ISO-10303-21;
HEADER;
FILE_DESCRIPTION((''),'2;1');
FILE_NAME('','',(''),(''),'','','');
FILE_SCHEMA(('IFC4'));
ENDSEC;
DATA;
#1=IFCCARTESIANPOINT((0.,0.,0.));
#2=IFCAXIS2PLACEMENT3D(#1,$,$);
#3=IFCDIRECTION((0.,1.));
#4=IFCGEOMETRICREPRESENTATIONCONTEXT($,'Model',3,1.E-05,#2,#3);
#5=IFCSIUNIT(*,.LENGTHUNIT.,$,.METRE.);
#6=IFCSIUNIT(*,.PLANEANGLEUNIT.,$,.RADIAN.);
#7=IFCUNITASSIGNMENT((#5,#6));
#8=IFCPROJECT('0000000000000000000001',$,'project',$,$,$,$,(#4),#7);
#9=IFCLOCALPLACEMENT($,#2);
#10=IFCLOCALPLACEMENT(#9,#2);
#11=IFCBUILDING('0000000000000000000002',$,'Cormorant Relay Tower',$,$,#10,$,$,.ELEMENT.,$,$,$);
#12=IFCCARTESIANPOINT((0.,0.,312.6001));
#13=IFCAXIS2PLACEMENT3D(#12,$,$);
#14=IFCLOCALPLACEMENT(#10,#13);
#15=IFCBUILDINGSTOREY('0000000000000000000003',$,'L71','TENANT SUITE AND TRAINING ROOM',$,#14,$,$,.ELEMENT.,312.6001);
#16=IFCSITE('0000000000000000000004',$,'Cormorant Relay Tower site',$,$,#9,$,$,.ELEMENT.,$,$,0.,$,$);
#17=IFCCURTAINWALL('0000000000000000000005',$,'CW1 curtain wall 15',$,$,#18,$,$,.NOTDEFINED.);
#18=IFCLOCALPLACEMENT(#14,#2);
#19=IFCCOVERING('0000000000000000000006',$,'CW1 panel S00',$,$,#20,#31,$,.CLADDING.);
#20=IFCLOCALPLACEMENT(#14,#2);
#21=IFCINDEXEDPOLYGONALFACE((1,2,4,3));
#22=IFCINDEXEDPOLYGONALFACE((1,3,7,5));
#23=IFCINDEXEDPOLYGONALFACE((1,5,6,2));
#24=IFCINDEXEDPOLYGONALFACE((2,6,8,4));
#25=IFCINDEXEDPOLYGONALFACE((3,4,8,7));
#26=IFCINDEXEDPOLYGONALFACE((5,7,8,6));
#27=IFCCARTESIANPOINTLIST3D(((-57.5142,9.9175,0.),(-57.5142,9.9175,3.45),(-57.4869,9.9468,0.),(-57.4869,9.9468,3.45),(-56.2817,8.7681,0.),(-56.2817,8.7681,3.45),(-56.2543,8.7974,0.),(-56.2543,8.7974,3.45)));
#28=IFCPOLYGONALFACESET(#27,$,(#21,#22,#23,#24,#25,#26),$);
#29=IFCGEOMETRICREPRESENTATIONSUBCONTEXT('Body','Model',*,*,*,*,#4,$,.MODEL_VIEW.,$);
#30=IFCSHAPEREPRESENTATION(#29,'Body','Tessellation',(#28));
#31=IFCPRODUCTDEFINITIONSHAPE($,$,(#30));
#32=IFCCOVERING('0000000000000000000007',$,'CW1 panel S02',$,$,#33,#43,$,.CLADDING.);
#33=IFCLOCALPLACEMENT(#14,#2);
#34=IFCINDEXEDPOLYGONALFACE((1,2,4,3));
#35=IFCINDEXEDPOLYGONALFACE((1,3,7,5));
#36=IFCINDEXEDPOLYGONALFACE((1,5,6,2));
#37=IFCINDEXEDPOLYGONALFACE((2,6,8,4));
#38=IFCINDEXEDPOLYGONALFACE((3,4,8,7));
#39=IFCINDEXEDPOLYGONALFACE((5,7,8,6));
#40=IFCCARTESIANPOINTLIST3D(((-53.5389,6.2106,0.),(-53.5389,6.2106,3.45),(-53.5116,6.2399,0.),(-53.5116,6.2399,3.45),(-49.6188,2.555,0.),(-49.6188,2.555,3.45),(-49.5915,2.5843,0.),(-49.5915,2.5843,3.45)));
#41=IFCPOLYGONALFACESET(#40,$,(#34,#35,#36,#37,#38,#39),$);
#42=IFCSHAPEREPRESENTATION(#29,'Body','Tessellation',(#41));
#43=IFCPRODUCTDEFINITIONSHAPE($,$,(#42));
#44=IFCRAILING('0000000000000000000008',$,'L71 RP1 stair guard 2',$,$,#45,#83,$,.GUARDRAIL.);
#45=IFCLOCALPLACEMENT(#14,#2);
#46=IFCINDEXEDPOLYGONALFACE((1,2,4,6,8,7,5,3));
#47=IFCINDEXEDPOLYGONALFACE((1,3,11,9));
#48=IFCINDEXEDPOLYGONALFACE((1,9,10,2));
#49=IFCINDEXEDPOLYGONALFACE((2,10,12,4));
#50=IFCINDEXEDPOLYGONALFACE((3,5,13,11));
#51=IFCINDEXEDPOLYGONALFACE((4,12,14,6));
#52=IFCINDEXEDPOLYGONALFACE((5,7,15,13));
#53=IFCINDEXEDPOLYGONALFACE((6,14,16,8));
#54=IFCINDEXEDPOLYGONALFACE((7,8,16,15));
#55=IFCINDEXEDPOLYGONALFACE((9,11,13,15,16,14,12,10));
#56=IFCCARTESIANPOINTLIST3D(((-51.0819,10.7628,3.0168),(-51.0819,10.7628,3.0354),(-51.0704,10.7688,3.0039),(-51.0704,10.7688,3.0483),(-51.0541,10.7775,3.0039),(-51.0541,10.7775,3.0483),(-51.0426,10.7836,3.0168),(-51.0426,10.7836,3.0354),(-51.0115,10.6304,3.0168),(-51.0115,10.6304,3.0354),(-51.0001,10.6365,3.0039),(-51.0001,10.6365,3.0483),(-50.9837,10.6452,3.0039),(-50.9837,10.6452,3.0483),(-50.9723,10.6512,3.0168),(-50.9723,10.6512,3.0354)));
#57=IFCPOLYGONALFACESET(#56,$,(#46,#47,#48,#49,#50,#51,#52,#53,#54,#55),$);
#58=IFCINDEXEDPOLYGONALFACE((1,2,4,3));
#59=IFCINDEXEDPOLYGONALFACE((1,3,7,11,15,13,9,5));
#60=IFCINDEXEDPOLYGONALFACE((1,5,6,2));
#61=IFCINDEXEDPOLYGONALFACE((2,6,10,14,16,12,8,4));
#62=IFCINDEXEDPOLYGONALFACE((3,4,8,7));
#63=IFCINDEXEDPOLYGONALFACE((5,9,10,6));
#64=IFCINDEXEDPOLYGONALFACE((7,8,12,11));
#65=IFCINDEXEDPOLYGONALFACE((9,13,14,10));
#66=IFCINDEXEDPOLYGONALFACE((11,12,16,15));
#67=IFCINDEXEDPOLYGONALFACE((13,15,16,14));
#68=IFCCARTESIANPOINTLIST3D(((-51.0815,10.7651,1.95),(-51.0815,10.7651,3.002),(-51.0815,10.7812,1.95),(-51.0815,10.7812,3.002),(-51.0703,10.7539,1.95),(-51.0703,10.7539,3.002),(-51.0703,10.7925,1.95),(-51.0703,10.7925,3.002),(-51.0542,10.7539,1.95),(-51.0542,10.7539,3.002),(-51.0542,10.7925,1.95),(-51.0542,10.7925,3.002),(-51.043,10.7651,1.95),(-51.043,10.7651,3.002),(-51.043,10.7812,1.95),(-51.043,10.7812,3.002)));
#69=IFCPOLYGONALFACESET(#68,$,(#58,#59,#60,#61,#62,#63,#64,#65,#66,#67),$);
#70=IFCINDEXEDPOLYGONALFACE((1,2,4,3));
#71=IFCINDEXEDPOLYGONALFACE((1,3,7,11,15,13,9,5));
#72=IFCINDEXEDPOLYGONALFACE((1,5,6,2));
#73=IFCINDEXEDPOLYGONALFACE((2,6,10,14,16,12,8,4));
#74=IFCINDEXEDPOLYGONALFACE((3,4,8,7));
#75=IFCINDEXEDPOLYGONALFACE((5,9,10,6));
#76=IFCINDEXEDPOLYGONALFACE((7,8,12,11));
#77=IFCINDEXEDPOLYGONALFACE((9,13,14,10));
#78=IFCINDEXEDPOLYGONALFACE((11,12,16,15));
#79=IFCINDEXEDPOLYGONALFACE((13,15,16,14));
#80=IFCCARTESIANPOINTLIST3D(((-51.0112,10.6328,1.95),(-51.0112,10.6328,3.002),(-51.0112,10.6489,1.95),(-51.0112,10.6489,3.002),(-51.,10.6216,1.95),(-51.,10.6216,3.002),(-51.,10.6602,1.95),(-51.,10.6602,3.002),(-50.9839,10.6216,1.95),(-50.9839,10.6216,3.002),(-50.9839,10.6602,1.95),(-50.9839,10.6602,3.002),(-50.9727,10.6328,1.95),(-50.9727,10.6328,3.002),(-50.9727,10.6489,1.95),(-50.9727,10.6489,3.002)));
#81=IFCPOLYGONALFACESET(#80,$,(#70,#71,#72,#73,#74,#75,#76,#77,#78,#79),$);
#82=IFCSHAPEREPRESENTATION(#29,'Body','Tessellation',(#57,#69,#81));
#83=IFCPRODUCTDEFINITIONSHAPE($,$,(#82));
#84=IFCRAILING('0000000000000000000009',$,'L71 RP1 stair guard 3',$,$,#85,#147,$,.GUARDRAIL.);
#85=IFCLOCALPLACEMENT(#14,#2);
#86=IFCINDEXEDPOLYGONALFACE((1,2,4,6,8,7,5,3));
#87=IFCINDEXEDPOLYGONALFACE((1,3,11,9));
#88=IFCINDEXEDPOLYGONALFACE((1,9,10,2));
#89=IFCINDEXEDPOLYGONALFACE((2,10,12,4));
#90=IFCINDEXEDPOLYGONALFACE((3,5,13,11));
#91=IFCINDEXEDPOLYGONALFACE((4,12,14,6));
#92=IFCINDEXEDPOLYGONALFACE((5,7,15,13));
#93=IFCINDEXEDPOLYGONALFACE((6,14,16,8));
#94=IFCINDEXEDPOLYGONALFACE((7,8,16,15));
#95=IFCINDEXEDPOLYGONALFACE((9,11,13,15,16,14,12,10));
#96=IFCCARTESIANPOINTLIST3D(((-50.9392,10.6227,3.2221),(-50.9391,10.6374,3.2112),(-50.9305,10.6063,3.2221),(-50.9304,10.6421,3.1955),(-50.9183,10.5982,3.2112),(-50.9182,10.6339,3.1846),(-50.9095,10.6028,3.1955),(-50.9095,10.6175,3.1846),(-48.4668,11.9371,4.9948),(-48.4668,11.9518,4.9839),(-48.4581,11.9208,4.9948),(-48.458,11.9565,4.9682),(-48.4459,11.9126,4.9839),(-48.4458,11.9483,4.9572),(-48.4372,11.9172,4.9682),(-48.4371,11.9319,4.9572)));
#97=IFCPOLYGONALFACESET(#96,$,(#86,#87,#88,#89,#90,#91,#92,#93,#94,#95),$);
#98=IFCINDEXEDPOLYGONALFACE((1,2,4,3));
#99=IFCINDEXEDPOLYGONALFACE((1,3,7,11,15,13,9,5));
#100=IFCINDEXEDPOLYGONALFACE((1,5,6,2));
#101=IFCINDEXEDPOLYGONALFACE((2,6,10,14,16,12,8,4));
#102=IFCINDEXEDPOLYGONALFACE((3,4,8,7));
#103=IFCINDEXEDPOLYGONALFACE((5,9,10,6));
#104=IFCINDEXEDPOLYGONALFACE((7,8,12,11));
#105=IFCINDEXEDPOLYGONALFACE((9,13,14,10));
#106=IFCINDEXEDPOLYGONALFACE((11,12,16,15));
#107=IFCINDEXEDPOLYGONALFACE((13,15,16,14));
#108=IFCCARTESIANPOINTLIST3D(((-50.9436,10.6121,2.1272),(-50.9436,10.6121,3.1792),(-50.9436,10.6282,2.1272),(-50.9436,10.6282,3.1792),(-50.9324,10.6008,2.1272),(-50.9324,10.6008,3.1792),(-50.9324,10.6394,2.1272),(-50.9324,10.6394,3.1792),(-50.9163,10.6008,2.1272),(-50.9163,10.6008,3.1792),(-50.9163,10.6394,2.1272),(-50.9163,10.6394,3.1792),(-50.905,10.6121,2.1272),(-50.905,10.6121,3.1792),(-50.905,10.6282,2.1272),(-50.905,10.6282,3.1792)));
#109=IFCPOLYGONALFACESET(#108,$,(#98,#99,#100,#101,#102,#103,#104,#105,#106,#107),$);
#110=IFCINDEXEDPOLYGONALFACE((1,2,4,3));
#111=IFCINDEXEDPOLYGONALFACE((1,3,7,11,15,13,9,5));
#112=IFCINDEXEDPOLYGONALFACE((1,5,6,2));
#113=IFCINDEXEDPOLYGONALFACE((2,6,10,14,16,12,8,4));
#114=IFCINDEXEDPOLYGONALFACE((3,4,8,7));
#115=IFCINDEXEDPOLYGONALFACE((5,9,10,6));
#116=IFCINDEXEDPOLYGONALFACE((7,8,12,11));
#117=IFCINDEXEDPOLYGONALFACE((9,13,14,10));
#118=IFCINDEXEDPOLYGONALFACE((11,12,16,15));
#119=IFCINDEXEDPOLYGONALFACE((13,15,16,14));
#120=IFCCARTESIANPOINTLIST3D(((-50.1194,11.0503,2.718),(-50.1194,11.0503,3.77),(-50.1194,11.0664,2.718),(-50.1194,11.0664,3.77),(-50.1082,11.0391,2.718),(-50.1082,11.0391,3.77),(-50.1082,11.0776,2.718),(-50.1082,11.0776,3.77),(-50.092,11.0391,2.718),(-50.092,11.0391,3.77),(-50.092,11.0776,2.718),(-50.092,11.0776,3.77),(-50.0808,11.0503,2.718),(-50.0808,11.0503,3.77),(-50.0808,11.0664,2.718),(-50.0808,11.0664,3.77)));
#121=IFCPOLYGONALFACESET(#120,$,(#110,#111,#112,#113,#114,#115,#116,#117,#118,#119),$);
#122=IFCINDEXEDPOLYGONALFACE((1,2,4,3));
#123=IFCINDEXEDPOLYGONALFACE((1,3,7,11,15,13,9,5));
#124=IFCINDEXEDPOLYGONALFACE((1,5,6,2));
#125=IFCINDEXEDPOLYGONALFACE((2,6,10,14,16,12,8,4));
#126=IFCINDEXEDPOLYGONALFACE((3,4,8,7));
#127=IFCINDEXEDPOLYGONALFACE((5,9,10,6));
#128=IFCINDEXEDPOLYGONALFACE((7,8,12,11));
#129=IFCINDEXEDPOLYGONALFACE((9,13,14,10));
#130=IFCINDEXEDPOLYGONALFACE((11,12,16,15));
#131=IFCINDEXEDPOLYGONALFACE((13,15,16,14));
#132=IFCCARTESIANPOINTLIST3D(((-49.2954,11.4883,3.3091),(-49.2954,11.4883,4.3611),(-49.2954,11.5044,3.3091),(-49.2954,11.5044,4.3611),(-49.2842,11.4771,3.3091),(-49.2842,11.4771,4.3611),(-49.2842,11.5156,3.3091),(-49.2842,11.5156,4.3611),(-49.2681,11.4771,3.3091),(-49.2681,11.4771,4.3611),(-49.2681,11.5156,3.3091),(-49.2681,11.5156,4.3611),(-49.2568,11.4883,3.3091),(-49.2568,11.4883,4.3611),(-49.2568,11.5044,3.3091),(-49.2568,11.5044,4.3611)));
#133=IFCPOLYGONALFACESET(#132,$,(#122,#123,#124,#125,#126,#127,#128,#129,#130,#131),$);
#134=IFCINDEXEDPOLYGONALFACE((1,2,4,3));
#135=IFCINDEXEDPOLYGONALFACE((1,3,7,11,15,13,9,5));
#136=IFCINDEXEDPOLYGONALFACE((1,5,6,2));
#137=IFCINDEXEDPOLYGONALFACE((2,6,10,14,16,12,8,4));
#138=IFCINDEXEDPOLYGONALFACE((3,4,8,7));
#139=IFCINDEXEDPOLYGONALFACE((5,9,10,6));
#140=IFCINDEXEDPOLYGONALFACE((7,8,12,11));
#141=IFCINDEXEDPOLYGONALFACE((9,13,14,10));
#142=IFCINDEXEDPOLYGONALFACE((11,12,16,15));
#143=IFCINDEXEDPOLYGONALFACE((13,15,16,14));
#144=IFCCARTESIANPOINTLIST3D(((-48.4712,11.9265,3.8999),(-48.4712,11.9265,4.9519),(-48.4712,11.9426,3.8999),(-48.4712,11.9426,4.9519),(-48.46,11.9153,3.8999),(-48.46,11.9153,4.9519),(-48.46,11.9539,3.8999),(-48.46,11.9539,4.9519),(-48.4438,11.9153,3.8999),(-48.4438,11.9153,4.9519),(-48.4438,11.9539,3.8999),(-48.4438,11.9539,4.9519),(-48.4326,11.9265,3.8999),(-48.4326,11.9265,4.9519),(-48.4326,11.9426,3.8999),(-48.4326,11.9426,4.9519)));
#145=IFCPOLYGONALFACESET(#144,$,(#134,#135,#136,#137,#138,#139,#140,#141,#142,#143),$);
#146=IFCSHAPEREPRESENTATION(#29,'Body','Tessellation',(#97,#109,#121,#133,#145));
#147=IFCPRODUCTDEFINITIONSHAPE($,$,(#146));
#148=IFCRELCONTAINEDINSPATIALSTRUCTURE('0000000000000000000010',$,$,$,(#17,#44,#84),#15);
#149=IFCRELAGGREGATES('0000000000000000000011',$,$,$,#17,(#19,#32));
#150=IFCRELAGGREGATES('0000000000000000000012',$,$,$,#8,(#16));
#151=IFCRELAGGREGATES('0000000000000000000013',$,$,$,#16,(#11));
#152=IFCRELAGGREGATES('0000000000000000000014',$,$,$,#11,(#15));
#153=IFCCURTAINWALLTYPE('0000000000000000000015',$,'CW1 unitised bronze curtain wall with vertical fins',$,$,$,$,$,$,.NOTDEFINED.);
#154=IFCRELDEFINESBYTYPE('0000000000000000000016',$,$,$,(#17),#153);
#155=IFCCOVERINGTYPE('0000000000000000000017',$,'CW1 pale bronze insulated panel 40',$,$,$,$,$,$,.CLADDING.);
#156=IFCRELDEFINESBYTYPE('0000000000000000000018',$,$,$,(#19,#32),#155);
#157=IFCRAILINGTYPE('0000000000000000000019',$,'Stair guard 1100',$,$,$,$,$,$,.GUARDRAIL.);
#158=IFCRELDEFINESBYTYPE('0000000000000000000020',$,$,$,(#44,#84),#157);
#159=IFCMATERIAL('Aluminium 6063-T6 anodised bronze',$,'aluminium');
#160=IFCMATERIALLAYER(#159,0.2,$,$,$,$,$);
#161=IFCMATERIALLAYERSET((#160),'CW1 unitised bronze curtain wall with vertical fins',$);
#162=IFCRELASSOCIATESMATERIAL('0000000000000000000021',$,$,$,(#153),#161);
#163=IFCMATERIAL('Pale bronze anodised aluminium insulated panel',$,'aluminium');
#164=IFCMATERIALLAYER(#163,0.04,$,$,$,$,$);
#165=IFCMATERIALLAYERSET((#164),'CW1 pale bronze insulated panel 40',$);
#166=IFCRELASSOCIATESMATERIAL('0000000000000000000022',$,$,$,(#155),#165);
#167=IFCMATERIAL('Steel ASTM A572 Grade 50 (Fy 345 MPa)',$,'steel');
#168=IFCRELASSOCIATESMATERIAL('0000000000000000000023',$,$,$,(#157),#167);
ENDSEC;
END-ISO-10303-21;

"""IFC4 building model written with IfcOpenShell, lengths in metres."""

from ifc_helpers import new_model, si_unit, direction, frame, origin, origin_2d, place, context, subcontext, project, spatial, polyline, rectangle, outline, extrude, material, layer, layer_set, type_object, element, aggregate, save


model = new_model("IFC4")

# Units and contexts
model_context = context("Model", 3, precision=1e-05, world=origin(), true_north=direction((0.0, 1.0)))
body_context = subcontext(model_context, "Body", "Model", "MODEL_VIEW")
ifc_project = project(units=[si_unit("LENGTHUNIT", "METRE"), si_unit("PLANEANGLEUNIT", "RADIAN")], contexts=[model_context])

# Site, building, storey
site_placement = place(None, origin())
site = spatial("IfcSite", under=ifc_project, at=site_placement, Name="Cormorant Relay Tower site", CompositionType="ELEMENT", RefElevation=0.0)
building_placement = place(site_placement, origin())
building = spatial("IfcBuilding", under=site, at=building_placement, Name="Cormorant Relay Tower", CompositionType="ELEMENT")
storey_placement = place(building_placement, frame((0.0, 0.0, 312.6001)))
storey = spatial("IfcBuildingStorey", under=building, at=storey_placement, Name="L71", Description="TENANT SUITE AND TRAINING ROOM", CompositionType="ELEMENT", Elevation=312.6001)

# Shared definitions
ifc_material_1 = material(Name="Aluminium 6063-T6 anodised bronze", Category="aluminium")
ifc_layer_1 = layer(ifc_material_1, 0.2)
ifc_layer_set_1 = layer_set([ifc_layer_1], Name="CW1 unitised bronze curtain wall with vertical fins")
curtain_wall_type = type_object("IfcCurtainWallType", Name="CW1 unitised bronze curtain wall with vertical fins", PredefinedType="NOTDEFINED", material=ifc_layer_set_1)

# Curtain wall
curtain_wall_1_placement = place(storey_placement, origin())
curtain_wall_1 = element("IfcCurtainWall", 1, at=curtain_wall_1_placement, inside=storey, type_object=curtain_wall_type, Name="CW1 curtain wall 15", PredefinedType="NOTDEFINED")

# Coverings
ifc_material_2 = material(Name="Pale bronze anodised aluminium insulated panel", Category="aluminium")
ifc_layer_2 = layer(ifc_material_2, 0.04)
ifc_layer_set_2 = layer_set([ifc_layer_2], Name="CW1 pale bronze insulated panel 40")
covering_type = type_object("IfcCoveringType", Name="CW1 pale bronze insulated panel 40", PredefinedType="CLADDING", material=ifc_layer_set_2)
covering_1_placement = place(storey_placement, frame((-56.8843, 9.3574, 0.0), z_axis=(0.0, 0.0, 1.0), x_axis=(0.731354, -0.681998, 0.0)))
covering_1 = element("IfcCovering", 2, at=covering_1_placement, type_object=covering_type, Name="CW1 panel S00", PredefinedType="CLADDING", context=body_context, shape_type="SweptSolid", body=[
    extrude(rectangle(XDim=1.6853, YDim=0.04, at=origin_2d()), origin(), (0.0, 0.0, 1.0), 3.45),
])
covering_2_placement = place(storey_placement, frame((-51.5652, 4.3975, 0.0), z_axis=(0.0, 0.0, 1.0), x_axis=(0.731354, -0.681998, 0.0)))
covering_2 = element("IfcCovering", 3, at=covering_2_placement, type_object=covering_type, Name="CW1 panel S02", PredefinedType="CLADDING", context=body_context, shape_type="SweptSolid", body=[
    extrude(rectangle(XDim=5.3601, YDim=0.04, at=origin_2d()), origin(), (0.0, 0.0, 1.0), 3.45),
])
aggregate(curtain_wall_1, [covering_1, covering_2])

# Railings
ifc_material_3 = material(Name="Steel ASTM A572 Grade 50 (Fy 345 MPa)", Category="steel")
railing_type_1 = type_object("IfcRailingType", Name="Stair guard 1100", PredefinedType="GUARDRAIL", material=ifc_material_3)
railing_1_placement = place(storey_placement, frame((-51.0623, 10.7732, 1.95)))
element("IfcRailing", 4, at=railing_1_placement, inside=storey, type_object=railing_type_1, Name="L71 RP1 stair guard 2", PredefinedType="GUARDRAIL", context=body_context, shape_type="SweptSolid", body=[
    extrude(outline(polyline([(0.0222, 0.0093), (0.0093, 0.0222), (-0.0093, 0.0222), (-0.0222, 0.0093), (-0.0222, -0.0093), (-0.0093, -0.0222), (0.0093, -0.0222), (0.0222, -0.0093), (0.0222, 0.0093)])), frame((0.0, 0.0, 1.0762), z_axis=(0.469235, -0.883074, 0.0), x_axis=(0.883074, 0.469235, 0.0)), (0.0, 0.0, 1.0), 0.1499),
    extrude(outline(polyline([(0.0193, 0.0081), (0.0081, 0.0193), (-0.0081, 0.0193), (-0.0193, 0.0081), (-0.0193, -0.0081), (-0.0081, -0.0193), (0.0081, -0.0193), (0.0193, -0.0081), (0.0193, 0.0081)])), origin(), (0.0, 0.0, 1.0), 1.052),
    extrude(outline(polyline([(0.0193, 0.0081), (0.0081, 0.0193), (-0.0081, 0.0193), (-0.0193, 0.0081), (-0.0193, -0.0081), (-0.0081, -0.0193), (0.0081, -0.0193), (0.0193, -0.0081), (0.0193, 0.0081)])), frame((0.0703, -0.1323, 0.0)), (0.0, 0.0, 1.0), 1.052),
])
railing_2_placement = place(storey_placement, frame((-50.9243, 10.6201, 2.1272)))
element("IfcRailing", 5, at=railing_2_placement, inside=storey, type_object=railing_type_1, Name="L71 RP1 stair guard 3", PredefinedType="GUARDRAIL", context=body_context, shape_type="SweptSolid", body=[
    extrude(outline(polyline([(0.0222, 0.0093), (0.0093, 0.0222), (-0.0093, 0.0222), (-0.0222, 0.0093), (-0.0222, -0.0093), (-0.0093, -0.0222), (0.0093, -0.0222), (0.0222, -0.0093), (0.0222, 0.0093)])), frame((0.0, 0.0, 1.0762), z_axis=(0.746034, 0.396627, 0.534902), x_axis=(-0.469429, 0.88297, 0.0)), (0.0, 0.0, 1.0), 3.314),
    extrude(outline(polyline([(0.0193, 0.0081), (0.0081, 0.0193), (-0.0081, 0.0193), (-0.0193, 0.0081), (-0.0193, -0.0081), (-0.0081, -0.0193), (0.0081, -0.0193), (0.0193, -0.0081), (0.0193, 0.0081)])), origin(), (0.0, 0.0, 1.0), 1.052),
    extrude(outline(polyline([(0.0193, 0.0081), (0.0081, 0.0193), (-0.0081, 0.0193), (-0.0193, 0.0081), (-0.0193, -0.0081), (-0.0081, -0.0193), (0.0081, -0.0193), (0.0193, -0.0081), (0.0193, 0.0081)])), frame((0.8242, 0.4382, 0.5908)), (0.0, 0.0, 1.0), 1.052),
    extrude(outline(polyline([(0.0193, 0.0081), (0.0081, 0.0193), (-0.0081, 0.0193), (-0.0193, 0.0081), (-0.0193, -0.0081), (-0.0081, -0.0193), (0.0081, -0.0193), (0.0193, -0.0081), (0.0193, 0.0081)])), frame((1.6482, 0.8762, 1.1819)), (0.0, 0.0, 1.0), 1.052),
    extrude(outline(polyline([(0.0193, 0.0081), (0.0081, 0.0193), (-0.0081, 0.0193), (-0.0193, 0.0081), (-0.0193, -0.0081), (-0.0081, -0.0193), (0.0081, -0.0193), (0.0193, -0.0081), (0.0193, 0.0081)])), frame((2.4724, 1.3145, 1.7727)), (0.0, 0.0, 1.0), 1.052),
])

save(model, "model.ifc")
